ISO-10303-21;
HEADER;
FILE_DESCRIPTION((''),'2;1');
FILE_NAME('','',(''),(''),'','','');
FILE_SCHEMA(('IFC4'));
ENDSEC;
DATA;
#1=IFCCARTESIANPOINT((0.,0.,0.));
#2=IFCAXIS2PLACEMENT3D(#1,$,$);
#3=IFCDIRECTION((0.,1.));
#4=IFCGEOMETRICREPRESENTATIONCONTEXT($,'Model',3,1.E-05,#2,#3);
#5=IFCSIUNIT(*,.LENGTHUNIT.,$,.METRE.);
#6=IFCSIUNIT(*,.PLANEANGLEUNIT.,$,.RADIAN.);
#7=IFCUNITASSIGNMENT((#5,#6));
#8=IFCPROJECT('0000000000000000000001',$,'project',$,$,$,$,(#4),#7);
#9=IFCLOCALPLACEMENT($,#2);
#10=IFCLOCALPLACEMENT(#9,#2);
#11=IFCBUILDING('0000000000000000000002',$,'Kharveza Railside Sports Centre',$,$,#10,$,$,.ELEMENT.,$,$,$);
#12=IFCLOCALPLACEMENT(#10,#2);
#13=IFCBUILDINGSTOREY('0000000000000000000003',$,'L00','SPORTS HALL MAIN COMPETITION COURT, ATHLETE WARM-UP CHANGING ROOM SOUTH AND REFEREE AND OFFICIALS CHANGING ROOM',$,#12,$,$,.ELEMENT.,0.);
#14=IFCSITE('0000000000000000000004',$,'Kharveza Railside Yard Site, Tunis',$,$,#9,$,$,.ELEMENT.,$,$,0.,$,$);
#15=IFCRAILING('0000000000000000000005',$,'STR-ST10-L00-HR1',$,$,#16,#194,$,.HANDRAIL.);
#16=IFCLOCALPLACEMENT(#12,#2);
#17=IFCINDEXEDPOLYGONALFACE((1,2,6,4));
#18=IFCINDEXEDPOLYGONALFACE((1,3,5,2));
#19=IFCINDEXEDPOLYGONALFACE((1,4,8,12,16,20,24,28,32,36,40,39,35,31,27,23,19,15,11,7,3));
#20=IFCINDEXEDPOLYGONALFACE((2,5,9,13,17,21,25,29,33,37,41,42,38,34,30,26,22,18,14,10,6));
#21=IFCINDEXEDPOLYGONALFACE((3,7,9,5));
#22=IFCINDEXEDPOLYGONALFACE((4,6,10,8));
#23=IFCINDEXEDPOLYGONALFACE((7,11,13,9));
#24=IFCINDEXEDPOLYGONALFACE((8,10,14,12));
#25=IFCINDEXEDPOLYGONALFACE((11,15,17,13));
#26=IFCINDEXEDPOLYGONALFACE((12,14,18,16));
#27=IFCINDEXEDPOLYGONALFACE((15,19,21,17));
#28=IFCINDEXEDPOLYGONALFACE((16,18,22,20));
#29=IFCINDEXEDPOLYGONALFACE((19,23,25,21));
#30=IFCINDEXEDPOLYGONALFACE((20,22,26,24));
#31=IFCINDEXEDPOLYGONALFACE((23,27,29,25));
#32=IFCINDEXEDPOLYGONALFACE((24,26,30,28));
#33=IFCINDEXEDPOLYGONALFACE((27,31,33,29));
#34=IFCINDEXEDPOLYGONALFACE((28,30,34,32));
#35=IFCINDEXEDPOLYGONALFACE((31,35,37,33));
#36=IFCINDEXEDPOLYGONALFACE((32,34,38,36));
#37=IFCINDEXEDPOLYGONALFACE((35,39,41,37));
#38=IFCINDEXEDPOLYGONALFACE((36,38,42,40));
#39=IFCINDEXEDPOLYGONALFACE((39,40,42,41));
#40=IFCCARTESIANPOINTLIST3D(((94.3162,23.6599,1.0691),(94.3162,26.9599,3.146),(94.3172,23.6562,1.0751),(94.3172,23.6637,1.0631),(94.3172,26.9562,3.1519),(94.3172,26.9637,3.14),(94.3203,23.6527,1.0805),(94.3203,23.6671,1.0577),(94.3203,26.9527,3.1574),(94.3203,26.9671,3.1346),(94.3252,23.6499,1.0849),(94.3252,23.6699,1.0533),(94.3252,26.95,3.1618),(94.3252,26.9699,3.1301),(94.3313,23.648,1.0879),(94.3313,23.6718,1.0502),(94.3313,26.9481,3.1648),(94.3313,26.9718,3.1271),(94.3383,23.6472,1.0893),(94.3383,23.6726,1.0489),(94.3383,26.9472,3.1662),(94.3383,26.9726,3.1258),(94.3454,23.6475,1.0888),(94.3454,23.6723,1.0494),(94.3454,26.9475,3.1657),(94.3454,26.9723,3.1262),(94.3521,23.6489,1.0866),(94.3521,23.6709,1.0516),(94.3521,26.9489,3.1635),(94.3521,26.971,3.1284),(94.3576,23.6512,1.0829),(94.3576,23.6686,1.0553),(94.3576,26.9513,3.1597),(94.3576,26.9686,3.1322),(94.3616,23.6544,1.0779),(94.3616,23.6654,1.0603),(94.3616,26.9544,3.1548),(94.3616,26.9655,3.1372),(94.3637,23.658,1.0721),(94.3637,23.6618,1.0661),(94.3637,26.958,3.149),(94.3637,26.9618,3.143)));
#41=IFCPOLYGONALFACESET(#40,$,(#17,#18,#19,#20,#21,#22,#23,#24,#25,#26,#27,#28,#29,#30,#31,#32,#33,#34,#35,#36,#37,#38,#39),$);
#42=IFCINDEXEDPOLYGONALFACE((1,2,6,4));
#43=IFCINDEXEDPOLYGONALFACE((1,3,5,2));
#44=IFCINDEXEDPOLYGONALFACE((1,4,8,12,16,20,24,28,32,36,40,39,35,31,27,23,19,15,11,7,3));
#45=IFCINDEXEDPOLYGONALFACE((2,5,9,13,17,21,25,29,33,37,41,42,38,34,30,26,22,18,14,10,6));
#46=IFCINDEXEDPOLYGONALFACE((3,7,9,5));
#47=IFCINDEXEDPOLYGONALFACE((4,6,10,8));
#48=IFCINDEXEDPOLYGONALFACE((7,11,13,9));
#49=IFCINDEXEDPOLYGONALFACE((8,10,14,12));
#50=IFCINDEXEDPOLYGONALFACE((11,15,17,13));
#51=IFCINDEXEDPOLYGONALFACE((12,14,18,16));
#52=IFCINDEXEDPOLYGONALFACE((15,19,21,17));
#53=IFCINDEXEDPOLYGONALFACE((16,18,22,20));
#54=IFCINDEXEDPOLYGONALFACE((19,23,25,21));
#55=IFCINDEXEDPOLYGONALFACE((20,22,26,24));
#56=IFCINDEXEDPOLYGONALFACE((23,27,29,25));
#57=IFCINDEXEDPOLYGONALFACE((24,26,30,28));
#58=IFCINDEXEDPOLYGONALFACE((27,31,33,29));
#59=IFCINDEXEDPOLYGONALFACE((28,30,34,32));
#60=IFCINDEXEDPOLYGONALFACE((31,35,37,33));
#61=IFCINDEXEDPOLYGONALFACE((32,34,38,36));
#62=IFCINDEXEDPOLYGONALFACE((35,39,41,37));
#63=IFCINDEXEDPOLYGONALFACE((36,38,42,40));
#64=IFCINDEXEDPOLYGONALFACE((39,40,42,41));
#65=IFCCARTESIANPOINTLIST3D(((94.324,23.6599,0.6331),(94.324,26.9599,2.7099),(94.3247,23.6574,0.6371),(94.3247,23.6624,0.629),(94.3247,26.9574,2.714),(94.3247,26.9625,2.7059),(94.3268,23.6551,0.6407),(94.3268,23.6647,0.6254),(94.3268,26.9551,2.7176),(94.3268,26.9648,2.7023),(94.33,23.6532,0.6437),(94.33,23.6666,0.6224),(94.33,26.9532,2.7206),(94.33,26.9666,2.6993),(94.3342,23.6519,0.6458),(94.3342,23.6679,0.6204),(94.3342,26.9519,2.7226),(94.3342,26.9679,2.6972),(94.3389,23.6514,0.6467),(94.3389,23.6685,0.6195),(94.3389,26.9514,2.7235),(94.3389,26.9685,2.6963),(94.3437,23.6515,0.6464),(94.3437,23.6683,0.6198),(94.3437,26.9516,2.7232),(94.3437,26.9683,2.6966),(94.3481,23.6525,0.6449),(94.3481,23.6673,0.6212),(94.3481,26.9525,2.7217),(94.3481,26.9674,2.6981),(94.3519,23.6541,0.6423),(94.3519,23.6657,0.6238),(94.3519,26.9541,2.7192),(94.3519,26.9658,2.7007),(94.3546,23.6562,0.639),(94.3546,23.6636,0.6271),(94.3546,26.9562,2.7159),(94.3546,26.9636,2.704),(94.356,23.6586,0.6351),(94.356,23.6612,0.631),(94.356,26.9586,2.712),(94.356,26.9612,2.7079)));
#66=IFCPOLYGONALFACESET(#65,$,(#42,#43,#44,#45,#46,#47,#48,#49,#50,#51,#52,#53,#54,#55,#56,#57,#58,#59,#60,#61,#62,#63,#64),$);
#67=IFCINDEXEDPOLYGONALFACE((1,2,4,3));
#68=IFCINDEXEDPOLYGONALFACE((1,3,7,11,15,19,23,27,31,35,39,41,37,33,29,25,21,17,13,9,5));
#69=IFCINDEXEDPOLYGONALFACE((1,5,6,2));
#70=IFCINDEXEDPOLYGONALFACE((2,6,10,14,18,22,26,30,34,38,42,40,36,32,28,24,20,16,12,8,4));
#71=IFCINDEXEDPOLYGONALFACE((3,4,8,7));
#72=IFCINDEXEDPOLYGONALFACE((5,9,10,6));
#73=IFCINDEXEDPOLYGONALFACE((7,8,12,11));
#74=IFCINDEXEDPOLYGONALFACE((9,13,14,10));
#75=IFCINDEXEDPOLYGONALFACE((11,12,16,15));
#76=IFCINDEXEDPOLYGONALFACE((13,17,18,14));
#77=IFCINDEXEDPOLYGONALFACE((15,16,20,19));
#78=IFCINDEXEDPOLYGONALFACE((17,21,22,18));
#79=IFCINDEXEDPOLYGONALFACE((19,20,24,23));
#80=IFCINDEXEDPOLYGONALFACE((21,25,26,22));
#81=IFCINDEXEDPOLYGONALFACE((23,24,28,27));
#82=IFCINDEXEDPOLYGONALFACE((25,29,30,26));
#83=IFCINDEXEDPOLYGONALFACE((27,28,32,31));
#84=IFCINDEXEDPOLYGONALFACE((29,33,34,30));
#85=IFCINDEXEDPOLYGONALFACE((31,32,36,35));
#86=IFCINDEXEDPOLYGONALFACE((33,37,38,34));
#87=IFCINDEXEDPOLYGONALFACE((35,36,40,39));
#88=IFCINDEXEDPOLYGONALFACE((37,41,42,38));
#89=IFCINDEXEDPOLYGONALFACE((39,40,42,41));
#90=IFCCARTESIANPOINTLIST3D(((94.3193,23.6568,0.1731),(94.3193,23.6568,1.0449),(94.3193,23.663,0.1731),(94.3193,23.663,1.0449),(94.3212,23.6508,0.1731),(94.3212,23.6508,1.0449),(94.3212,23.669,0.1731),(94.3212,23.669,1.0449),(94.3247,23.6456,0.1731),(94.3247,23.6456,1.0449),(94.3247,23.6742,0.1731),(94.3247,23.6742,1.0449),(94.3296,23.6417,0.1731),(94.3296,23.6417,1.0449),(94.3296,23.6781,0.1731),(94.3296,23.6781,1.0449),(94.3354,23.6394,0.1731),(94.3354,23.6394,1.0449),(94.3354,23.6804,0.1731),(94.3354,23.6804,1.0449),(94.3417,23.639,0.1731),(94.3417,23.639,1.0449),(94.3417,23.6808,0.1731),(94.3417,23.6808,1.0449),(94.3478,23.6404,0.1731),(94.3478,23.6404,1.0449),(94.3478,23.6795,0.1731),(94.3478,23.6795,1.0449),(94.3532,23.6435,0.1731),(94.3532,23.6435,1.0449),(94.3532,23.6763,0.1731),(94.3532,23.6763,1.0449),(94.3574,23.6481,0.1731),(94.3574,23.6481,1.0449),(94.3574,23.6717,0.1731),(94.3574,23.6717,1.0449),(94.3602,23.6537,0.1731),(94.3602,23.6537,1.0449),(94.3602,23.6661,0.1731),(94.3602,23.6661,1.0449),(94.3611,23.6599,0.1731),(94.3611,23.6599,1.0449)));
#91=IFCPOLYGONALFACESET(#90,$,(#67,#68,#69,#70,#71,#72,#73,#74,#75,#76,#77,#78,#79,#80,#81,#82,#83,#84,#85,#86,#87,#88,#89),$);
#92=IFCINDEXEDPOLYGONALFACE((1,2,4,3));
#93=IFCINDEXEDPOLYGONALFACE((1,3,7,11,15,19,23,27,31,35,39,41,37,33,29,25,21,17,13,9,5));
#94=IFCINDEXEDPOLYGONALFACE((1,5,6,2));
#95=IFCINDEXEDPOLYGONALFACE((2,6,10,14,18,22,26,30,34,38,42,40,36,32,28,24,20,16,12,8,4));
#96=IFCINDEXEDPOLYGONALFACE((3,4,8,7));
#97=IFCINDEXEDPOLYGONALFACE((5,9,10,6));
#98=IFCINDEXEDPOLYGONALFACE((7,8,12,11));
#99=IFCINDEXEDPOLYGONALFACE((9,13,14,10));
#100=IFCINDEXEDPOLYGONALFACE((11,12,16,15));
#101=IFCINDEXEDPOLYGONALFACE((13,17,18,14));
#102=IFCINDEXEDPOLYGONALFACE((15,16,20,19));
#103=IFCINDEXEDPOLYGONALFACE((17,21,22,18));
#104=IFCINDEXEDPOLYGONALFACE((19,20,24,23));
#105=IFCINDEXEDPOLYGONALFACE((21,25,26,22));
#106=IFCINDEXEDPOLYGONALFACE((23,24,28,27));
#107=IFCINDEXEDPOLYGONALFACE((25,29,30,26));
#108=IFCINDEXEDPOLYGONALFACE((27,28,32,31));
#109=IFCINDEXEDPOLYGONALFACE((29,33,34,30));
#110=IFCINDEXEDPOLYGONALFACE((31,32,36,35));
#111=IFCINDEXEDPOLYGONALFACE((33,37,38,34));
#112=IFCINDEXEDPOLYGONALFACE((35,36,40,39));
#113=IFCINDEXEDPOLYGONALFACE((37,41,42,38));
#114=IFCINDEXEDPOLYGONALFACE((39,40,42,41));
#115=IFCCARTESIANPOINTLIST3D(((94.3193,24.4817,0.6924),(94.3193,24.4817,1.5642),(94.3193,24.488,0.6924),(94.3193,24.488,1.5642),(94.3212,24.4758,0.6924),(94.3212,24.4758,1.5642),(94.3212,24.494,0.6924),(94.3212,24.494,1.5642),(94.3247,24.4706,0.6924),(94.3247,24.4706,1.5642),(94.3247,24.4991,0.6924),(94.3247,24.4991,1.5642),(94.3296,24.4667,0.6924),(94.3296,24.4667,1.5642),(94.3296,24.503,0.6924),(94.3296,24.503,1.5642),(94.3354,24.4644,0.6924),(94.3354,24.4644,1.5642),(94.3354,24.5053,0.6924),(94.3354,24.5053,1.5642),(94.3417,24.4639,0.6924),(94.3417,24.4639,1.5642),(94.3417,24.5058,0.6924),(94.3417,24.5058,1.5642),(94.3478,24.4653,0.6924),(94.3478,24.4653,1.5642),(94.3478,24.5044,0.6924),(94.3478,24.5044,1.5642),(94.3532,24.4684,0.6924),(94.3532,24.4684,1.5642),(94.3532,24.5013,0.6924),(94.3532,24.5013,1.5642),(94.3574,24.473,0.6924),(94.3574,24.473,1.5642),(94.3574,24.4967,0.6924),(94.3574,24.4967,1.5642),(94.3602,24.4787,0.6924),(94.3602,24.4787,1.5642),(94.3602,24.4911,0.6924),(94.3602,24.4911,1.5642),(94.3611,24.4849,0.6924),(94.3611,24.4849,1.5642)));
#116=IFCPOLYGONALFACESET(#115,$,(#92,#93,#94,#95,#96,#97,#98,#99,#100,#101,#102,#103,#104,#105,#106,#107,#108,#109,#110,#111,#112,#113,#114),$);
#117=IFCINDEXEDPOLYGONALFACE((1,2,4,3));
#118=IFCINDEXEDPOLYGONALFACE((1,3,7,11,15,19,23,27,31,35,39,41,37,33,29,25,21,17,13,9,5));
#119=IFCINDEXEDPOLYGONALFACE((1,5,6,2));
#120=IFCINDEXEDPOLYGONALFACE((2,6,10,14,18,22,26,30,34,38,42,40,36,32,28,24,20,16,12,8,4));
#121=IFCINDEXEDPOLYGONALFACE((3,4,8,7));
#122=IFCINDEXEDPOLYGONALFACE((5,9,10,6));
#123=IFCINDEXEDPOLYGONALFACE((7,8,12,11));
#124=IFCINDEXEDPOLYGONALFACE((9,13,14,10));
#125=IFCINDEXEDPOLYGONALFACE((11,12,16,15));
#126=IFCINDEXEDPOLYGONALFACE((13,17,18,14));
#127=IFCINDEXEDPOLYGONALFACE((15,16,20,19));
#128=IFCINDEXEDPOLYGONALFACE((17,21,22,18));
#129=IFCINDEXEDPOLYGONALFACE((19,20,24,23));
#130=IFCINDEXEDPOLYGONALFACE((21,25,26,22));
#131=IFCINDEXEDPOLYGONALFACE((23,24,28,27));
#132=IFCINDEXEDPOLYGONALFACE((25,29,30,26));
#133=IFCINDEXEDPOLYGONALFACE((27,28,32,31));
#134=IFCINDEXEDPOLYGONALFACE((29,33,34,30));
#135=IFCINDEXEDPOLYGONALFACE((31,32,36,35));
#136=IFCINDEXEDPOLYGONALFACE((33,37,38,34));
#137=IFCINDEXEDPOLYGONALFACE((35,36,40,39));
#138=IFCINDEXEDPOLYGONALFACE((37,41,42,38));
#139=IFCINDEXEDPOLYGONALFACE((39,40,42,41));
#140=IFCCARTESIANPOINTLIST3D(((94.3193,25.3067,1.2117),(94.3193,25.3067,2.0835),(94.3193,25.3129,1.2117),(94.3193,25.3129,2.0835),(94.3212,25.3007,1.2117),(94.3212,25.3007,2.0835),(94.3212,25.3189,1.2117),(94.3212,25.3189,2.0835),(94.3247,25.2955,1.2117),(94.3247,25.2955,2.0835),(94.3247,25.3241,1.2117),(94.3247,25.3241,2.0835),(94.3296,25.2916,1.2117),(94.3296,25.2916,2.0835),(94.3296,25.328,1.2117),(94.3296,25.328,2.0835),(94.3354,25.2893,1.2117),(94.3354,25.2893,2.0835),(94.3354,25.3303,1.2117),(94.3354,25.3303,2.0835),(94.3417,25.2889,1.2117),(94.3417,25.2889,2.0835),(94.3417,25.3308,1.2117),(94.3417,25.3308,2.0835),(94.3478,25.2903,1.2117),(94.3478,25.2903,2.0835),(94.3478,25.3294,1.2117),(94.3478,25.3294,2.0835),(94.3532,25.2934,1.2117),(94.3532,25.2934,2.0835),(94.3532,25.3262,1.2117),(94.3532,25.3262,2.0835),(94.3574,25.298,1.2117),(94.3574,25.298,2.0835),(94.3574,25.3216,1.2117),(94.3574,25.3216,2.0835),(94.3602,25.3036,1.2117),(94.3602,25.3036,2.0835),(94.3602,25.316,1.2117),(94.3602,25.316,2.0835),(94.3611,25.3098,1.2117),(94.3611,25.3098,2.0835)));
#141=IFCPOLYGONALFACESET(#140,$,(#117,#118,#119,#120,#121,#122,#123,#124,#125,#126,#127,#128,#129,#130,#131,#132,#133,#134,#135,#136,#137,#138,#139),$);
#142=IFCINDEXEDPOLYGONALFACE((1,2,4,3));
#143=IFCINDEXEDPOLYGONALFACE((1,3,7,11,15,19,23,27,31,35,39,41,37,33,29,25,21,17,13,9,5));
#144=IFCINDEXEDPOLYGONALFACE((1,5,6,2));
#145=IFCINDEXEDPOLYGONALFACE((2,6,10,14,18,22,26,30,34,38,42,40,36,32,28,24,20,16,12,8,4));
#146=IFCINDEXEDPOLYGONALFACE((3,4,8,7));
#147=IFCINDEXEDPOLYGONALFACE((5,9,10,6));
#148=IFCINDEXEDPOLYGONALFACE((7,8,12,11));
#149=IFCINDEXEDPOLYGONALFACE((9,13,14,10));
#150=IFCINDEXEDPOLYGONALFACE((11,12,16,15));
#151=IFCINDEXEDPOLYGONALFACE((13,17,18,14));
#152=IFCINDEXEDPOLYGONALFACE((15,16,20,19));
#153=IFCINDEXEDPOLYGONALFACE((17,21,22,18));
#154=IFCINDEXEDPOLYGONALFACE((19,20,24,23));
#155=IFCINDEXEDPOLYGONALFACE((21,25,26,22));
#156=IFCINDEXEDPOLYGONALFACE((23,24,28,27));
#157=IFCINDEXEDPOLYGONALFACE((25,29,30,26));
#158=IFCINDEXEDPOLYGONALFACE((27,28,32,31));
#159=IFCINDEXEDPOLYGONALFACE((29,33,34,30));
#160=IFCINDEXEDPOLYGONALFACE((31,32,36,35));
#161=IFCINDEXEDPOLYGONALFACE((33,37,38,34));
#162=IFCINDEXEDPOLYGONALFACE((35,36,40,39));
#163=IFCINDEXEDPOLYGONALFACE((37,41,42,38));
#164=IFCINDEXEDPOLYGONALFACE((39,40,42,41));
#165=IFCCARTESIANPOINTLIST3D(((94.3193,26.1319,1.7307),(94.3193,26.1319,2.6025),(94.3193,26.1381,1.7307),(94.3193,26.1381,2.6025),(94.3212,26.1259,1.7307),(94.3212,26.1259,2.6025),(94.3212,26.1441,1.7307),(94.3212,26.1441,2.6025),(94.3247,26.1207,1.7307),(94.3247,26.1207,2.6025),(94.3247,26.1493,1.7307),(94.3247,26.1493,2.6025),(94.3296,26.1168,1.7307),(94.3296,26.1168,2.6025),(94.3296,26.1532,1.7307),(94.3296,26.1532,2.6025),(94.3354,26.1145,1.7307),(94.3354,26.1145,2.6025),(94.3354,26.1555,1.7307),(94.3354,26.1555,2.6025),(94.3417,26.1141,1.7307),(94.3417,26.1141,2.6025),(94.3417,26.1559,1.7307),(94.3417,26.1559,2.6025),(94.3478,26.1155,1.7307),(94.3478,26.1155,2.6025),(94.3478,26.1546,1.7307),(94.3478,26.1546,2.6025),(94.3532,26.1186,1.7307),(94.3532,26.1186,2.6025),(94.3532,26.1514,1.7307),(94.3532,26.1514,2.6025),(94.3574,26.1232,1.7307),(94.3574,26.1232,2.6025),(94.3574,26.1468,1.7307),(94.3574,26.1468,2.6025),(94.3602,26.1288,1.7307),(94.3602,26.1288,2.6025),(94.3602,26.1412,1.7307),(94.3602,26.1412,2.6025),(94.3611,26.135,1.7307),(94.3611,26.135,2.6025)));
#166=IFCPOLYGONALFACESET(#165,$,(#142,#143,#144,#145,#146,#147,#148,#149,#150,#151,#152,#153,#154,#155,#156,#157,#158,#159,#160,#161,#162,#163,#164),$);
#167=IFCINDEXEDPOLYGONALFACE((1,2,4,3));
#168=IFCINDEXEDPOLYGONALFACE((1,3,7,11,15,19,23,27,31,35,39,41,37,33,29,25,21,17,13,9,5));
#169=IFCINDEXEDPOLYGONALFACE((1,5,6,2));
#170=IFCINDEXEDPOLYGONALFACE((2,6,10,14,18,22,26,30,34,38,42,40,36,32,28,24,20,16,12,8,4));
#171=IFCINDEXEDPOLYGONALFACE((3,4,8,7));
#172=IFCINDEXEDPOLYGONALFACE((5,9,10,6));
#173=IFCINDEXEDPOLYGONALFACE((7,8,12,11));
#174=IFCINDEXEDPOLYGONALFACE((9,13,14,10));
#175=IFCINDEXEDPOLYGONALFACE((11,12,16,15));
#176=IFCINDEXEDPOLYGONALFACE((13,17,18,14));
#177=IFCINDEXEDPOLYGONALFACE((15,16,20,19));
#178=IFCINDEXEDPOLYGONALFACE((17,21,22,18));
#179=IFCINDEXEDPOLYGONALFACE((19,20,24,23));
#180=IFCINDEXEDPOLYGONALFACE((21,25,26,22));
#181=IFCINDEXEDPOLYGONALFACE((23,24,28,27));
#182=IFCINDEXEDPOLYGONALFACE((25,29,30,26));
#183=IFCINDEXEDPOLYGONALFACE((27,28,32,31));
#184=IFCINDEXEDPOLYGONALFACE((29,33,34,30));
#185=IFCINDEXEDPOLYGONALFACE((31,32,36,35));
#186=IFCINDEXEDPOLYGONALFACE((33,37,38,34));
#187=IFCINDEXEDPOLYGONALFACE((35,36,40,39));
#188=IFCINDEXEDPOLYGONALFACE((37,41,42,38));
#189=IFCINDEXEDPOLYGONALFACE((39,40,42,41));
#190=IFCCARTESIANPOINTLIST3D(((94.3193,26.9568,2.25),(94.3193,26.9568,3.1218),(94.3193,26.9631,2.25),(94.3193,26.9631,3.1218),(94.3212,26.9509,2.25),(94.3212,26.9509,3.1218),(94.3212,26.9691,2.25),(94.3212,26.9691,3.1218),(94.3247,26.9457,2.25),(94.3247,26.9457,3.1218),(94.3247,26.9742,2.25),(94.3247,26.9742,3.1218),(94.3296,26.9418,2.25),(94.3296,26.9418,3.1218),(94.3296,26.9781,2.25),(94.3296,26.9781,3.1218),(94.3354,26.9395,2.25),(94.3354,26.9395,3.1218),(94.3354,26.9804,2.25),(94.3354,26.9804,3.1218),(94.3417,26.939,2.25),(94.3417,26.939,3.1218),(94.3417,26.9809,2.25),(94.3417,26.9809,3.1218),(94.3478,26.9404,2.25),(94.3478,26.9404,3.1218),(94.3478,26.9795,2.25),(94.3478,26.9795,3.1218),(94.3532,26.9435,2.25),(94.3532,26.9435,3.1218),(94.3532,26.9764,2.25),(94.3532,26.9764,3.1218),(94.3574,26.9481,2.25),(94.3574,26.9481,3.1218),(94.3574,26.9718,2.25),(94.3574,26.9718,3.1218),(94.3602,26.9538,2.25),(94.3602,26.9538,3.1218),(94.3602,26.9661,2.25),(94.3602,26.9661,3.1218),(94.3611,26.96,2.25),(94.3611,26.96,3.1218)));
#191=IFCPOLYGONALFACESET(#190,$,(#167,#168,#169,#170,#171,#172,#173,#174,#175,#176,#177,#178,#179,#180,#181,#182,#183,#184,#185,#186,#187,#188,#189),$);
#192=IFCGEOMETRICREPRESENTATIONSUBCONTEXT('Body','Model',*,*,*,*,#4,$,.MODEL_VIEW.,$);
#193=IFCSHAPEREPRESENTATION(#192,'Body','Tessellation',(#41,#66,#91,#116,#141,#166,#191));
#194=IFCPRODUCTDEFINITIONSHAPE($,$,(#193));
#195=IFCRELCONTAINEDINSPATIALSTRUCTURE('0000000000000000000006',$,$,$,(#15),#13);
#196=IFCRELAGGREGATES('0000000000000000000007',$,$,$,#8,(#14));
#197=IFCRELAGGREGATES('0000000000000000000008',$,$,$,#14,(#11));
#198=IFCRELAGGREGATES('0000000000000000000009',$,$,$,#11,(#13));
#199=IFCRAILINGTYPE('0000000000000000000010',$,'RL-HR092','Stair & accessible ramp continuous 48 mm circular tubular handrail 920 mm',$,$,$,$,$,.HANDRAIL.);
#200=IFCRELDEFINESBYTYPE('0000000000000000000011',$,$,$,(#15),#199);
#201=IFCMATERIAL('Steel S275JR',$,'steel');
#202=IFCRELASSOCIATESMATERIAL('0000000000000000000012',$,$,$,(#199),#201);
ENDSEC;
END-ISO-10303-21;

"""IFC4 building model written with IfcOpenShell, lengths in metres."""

from ifc_helpers import new_model, si_unit, direction, frame, origin, origin_2d, place, context, subcontext, project, spatial, circle, extrude, material, type_object, element, save


model = new_model("IFC4")

# Units and contexts
model_context = context("Model", 3, precision=1e-05, world=origin(), true_north=direction((0.0, 1.0)))
body_context = subcontext(model_context, "Body", "Model", "MODEL_VIEW")
ifc_project = project(units=[si_unit("LENGTHUNIT", "METRE"), si_unit("PLANEANGLEUNIT", "RADIAN")], contexts=[model_context])

# Site, building, storey
site_placement = place(None, origin())
site = spatial("IfcSite", under=ifc_project, at=site_placement, Name="Kharveza Railside Yard Site, Tunis", CompositionType="ELEMENT", RefElevation=0.0)
building_placement = place(site_placement, origin())
building = spatial("IfcBuilding", under=site, at=building_placement, Name="Kharveza Railside Sports Centre", CompositionType="ELEMENT")
storey_placement = place(building_placement, origin())
storey = spatial("IfcBuildingStorey", under=building, at=storey_placement, Name="L00", Description="SPORTS HALL MAIN COMPETITION COURT, ATHLETE WARM-UP CHANGING ROOM SOUTH AND REFEREE AND OFFICIALS CHANGING ROOM", CompositionType="ELEMENT", Elevation=0.0)

# Railing
ifc_material_1 = material(Name="Steel S275JR", Category="steel")
railing_type_1 = type_object("IfcRailingType", Name="RL-HR092", Description="Stair & accessible ramp continuous 48 mm circular tubular handrail 920 mm", PredefinedType="HANDRAIL", material=ifc_material_1)
railing_1_placement = place(storey_placement, frame((94.3401, 23.6599, 0.1731)))
element("IfcRailing", 1, at=railing_1_placement, inside=storey, type_object=railing_type_1, Name="STR-ST10-L00-HR1", PredefinedType="HANDRAIL", context=body_context, shape_type="SweptSolid", body=[
    extrude(circle(Radius=0.0239, at=origin_2d()), frame((0.0, 0.0, 0.896), z_axis=(0.0, 0.846337, 0.532647), x_axis=(-1.0, 0.0, 0.0)), (0.0, 0.0, 1.0), 3.8992),
    extrude(circle(Radius=0.0161, at=origin_2d()), frame((0.0, 0.0, 0.46), z_axis=(0.0, 0.846337, 0.532647), x_axis=(-1.0, 0.0, 0.0)), (0.0, 0.0, 1.0), 3.8992),
    extrude(circle(Radius=0.021, at=origin_2d()), origin(), (0.0, 0.0, 1.0), 0.8718),
    extrude(circle(Radius=0.021, at=origin_2d()), frame((0.0, 0.825, 0.5193)), (0.0, 0.0, 1.0), 0.8718),
    extrude(circle(Radius=0.021, at=origin_2d()), frame((0.0, 1.6499, 1.0386)), (0.0, 0.0, 1.0), 0.8718),
    extrude(circle(Radius=0.021, at=origin_2d()), frame((0.0, 2.4751, 1.5576)), (0.0, 0.0, 1.0), 0.8718),
    extrude(circle(Radius=0.021, at=origin_2d()), frame((0.0, 3.3, 2.0769)), (0.0, 0.0, 1.0), 0.8718),
])

save(model, "model.ifc")
